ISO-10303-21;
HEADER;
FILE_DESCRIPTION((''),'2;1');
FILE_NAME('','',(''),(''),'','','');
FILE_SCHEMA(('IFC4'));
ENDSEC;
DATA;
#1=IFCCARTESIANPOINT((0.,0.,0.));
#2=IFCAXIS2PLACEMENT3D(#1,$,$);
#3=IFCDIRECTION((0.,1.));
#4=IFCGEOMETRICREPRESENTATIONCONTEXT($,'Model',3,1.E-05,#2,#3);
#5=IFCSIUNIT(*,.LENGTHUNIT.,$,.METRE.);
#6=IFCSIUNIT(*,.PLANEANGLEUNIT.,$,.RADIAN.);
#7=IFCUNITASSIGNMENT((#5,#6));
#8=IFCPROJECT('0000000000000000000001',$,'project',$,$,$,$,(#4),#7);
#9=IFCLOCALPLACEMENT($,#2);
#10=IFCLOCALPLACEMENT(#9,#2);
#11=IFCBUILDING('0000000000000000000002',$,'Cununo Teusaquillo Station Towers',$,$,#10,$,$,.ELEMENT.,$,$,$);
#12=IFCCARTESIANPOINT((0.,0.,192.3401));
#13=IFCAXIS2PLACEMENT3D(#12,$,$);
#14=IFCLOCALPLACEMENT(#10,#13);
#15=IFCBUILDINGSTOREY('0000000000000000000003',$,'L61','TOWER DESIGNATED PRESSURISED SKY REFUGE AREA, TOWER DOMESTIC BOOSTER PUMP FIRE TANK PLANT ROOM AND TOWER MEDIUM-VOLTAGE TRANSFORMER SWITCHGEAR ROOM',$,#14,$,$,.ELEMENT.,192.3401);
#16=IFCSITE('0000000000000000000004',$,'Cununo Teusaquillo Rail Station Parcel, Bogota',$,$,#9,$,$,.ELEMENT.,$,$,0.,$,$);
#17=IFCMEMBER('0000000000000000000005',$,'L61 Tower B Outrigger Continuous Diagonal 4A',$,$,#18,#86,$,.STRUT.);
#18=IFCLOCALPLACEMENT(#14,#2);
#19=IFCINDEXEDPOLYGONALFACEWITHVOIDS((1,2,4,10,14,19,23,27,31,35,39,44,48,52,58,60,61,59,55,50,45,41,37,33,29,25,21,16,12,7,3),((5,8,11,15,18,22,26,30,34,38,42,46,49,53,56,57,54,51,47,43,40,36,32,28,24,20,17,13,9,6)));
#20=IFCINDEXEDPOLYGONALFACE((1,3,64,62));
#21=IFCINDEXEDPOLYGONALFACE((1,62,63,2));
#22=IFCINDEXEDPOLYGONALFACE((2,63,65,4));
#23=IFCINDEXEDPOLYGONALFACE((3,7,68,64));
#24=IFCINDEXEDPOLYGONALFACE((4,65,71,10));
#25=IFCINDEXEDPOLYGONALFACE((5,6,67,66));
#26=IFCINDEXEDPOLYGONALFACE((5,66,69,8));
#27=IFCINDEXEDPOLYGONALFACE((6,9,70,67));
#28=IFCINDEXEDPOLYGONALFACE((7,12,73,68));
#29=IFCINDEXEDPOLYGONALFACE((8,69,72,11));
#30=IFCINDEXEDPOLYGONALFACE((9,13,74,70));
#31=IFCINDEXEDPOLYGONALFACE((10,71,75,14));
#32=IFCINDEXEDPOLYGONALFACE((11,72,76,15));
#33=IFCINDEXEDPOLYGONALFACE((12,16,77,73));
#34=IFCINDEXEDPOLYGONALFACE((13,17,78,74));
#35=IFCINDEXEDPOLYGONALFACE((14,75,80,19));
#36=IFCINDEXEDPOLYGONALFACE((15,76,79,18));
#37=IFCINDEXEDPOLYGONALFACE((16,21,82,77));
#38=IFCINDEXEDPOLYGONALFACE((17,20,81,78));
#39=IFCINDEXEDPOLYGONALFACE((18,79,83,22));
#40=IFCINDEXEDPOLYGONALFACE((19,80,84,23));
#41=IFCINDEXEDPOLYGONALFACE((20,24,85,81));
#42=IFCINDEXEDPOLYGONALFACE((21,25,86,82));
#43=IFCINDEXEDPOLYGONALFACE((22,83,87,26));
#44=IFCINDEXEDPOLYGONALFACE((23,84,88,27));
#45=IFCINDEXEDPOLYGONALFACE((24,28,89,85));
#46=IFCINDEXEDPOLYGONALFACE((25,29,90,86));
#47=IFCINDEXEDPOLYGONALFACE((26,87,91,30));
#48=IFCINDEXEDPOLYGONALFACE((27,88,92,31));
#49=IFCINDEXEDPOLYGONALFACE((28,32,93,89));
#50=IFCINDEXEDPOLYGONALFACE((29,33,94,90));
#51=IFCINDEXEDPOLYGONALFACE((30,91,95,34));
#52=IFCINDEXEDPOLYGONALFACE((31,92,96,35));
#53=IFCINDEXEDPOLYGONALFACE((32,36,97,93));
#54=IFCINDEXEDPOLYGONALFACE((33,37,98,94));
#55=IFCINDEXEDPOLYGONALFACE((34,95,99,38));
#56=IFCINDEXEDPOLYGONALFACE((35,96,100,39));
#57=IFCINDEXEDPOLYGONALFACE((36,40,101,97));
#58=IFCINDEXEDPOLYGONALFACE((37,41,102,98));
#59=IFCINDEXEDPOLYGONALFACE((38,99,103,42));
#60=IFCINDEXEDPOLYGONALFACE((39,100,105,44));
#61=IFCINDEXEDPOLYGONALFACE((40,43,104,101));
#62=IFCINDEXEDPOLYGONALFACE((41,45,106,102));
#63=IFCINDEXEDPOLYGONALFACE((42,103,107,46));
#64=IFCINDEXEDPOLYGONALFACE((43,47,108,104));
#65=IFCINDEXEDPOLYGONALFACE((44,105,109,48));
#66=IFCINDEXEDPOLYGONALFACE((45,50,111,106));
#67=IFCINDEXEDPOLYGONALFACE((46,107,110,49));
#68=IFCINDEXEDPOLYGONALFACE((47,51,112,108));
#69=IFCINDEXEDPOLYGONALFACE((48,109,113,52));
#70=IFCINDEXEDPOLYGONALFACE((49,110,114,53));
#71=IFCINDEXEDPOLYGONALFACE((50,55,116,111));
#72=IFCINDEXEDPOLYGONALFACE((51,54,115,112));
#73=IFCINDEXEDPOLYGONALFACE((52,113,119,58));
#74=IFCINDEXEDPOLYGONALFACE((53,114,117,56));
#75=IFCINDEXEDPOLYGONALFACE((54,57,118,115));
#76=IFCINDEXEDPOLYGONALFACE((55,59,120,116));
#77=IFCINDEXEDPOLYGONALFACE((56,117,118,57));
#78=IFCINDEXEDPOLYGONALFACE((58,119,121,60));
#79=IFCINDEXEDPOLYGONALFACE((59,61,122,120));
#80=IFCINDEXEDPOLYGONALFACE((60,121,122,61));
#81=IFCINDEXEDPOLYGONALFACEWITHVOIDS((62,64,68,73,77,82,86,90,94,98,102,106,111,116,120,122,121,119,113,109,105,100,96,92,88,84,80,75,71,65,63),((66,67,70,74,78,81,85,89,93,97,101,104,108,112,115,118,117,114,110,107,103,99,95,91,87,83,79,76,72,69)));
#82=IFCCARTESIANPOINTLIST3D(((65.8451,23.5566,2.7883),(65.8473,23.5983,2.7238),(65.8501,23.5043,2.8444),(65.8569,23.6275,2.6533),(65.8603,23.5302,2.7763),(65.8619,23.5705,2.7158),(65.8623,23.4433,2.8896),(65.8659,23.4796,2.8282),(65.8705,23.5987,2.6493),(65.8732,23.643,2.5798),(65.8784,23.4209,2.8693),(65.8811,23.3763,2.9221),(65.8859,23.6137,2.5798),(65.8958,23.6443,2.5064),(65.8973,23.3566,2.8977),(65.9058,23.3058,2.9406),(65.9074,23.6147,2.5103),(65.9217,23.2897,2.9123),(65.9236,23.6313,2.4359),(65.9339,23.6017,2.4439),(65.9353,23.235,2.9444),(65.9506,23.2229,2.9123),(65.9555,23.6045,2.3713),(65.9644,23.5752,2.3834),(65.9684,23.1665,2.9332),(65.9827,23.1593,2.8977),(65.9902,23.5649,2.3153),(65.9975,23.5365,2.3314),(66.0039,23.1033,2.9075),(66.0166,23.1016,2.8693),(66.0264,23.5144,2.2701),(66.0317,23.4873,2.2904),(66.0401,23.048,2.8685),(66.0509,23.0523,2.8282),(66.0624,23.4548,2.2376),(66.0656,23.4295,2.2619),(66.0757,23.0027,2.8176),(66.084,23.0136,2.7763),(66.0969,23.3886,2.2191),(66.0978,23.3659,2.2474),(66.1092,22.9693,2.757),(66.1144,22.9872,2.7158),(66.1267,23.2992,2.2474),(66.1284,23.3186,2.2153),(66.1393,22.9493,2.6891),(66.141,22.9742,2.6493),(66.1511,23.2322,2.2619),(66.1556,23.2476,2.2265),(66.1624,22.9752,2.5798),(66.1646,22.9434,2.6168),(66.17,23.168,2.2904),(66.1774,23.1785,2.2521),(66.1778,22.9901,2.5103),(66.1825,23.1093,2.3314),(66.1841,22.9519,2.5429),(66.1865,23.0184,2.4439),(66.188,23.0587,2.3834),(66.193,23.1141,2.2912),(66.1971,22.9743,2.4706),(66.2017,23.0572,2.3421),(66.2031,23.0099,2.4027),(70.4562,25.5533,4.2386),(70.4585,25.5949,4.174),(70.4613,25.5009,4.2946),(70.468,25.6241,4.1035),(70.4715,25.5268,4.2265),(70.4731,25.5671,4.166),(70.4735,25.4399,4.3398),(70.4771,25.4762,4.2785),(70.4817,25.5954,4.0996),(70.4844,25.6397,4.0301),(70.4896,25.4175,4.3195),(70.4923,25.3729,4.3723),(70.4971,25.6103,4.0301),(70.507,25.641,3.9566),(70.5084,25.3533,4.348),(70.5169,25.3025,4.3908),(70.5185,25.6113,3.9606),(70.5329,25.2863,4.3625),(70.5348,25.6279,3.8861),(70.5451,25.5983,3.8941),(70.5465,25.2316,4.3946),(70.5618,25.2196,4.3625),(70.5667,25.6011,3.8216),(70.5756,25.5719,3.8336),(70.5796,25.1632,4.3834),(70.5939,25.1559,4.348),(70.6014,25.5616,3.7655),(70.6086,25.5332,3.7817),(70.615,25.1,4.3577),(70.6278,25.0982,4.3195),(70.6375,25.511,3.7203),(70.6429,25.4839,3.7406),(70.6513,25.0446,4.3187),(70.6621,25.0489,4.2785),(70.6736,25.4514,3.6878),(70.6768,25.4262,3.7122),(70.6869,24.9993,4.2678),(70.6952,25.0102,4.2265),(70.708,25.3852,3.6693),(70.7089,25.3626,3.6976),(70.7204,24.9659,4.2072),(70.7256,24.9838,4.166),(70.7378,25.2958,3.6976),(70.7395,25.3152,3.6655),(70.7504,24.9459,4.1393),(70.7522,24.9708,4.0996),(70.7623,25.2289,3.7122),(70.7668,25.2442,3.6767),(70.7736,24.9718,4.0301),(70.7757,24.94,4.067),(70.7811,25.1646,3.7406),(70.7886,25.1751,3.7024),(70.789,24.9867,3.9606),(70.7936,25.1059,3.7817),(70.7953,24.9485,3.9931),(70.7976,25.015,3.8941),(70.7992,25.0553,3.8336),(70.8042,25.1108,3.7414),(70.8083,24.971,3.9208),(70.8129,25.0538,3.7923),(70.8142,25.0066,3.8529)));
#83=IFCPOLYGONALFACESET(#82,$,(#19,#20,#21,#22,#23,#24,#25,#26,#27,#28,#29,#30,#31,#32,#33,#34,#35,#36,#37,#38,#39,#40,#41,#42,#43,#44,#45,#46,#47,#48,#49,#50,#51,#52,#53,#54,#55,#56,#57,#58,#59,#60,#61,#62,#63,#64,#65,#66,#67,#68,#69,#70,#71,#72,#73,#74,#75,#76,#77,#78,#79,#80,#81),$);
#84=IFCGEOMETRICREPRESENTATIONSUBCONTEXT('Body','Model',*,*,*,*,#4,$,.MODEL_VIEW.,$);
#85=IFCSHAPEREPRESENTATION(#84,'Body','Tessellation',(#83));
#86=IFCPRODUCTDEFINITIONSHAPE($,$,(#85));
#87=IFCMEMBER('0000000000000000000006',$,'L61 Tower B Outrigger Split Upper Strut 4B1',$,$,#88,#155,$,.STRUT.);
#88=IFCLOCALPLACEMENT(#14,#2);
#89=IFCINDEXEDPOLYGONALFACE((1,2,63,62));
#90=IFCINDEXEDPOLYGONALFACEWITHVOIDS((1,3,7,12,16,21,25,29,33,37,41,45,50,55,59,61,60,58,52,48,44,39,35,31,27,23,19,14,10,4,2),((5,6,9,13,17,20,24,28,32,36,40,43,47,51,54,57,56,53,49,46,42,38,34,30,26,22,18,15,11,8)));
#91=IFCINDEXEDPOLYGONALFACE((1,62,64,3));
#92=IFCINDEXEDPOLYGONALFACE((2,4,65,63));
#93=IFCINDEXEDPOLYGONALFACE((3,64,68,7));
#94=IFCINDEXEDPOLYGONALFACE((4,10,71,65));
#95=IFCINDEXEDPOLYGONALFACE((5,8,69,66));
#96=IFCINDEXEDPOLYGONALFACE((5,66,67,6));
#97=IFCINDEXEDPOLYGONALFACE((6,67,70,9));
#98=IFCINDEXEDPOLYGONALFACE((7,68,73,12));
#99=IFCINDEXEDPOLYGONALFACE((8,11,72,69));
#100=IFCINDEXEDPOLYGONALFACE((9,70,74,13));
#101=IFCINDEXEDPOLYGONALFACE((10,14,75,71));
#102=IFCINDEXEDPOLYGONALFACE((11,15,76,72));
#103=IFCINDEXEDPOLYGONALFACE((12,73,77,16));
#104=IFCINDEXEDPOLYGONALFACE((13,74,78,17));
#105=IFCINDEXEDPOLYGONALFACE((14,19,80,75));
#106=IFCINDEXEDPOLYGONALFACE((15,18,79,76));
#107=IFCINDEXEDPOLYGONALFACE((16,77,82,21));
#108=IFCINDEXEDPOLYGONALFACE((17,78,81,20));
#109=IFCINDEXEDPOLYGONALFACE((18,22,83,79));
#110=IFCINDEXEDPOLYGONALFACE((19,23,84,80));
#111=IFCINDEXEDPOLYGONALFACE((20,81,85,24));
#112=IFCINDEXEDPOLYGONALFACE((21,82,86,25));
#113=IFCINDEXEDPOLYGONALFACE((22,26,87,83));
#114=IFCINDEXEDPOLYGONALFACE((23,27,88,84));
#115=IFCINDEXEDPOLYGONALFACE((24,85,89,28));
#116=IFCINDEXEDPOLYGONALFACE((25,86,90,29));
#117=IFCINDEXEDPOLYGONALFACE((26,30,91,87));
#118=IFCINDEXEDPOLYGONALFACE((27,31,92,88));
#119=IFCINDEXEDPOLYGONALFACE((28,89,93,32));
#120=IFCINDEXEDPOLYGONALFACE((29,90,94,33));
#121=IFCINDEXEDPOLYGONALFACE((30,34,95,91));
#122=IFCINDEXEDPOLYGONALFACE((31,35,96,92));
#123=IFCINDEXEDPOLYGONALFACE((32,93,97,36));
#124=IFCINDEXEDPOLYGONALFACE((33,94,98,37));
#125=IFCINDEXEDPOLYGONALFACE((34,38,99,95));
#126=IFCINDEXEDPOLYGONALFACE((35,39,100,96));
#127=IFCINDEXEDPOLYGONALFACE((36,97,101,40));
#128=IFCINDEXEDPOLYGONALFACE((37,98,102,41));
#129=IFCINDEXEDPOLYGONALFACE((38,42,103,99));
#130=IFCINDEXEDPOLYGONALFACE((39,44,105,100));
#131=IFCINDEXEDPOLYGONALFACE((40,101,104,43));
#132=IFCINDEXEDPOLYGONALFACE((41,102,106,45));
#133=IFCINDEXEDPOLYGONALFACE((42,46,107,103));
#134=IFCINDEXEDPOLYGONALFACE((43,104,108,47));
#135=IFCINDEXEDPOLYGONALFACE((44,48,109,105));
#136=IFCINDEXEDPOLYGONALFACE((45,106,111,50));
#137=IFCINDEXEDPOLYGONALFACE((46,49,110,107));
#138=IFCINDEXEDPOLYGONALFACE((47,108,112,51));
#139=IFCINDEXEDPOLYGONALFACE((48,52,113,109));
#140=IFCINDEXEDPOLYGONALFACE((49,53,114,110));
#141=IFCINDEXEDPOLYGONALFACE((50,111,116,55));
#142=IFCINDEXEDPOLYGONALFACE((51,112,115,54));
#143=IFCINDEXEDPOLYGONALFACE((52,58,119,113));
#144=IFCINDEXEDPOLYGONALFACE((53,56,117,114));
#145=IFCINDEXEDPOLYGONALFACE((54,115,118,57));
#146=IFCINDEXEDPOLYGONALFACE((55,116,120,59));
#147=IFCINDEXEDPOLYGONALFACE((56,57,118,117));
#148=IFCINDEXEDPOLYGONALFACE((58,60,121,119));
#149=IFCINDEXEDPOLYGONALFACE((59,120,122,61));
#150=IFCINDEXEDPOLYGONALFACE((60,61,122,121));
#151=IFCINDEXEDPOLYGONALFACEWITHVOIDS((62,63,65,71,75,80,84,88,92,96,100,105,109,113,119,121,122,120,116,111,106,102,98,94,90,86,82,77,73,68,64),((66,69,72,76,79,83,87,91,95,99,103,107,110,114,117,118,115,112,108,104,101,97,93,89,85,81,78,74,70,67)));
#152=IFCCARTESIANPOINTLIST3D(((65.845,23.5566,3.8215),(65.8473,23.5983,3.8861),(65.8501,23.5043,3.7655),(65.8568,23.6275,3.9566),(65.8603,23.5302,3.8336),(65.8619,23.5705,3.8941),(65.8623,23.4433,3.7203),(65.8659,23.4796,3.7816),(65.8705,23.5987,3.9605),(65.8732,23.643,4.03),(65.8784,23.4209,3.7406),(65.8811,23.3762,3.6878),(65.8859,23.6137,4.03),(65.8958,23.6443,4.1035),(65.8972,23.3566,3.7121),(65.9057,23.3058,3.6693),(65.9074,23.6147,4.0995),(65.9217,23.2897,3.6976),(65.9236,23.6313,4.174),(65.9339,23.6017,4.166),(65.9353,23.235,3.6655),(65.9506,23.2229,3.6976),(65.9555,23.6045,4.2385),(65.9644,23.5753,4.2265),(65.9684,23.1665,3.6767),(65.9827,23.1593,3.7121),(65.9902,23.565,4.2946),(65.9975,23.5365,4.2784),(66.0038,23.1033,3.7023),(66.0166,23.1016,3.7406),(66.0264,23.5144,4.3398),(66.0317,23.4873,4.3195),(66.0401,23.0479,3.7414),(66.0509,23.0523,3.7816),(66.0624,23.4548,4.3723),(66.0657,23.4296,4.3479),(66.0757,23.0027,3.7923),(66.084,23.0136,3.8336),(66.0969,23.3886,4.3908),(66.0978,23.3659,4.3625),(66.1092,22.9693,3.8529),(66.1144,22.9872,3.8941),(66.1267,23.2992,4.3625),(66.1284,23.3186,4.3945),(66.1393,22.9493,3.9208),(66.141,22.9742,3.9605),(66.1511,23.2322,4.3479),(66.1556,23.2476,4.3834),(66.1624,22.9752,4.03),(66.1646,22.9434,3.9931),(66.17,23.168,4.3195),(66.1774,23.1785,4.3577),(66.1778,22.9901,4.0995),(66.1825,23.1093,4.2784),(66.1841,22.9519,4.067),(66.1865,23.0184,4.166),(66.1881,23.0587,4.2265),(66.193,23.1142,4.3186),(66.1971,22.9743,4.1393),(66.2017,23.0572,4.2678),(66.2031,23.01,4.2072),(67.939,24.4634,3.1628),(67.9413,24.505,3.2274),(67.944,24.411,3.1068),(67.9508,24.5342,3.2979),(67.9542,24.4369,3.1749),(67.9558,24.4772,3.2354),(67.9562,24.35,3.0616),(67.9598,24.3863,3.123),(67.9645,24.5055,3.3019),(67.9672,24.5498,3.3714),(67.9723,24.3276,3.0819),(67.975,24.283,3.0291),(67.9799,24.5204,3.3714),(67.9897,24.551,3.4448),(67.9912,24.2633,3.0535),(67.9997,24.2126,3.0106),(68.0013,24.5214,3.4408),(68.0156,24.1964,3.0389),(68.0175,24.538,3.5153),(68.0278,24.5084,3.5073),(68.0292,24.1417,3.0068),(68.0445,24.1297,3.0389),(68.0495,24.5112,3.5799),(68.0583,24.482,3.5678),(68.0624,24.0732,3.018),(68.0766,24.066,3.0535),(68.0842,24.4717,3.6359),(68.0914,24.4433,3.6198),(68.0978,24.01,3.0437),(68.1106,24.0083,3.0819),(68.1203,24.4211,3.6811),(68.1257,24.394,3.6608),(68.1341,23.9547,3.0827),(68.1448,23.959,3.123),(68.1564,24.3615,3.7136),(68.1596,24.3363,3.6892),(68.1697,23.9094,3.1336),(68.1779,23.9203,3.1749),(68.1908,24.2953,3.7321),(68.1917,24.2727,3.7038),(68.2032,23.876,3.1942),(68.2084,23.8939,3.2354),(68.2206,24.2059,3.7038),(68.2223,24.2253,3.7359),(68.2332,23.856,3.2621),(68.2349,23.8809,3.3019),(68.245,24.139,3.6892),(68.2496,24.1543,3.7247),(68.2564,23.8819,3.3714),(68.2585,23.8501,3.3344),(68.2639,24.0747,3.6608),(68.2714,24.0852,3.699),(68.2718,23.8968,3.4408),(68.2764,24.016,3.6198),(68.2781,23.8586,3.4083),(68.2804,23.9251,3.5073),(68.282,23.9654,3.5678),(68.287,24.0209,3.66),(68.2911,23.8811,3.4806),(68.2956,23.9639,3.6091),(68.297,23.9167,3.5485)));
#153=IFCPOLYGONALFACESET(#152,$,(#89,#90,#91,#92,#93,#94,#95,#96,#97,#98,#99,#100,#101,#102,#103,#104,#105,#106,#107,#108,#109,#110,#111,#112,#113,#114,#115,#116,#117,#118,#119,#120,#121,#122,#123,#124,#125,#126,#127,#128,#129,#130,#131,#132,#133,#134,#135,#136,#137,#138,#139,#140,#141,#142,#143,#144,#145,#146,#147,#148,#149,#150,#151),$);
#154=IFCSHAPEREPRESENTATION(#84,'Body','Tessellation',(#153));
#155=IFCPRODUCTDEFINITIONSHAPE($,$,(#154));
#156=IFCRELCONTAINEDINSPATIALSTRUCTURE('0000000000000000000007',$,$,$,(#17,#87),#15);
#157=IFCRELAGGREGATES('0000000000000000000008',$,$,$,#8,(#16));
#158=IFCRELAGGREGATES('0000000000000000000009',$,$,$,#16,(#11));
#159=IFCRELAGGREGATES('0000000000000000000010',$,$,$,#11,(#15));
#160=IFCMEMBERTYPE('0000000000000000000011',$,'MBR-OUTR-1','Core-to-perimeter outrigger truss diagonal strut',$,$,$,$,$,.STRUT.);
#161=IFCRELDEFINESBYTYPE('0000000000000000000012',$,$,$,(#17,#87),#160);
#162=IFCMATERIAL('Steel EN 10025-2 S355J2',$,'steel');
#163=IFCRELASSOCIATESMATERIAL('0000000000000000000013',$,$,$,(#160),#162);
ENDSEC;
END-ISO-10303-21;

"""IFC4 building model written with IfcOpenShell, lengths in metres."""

from ifc_helpers import new_model, si_unit, direction, frame, origin, origin_2d, place, context, subcontext, project, spatial, hollow_circle, extrude, material, material_profile, profile_set, type_object, element, save


model = new_model("IFC4")

# Units and contexts
model_context = context("Model", 3, precision=1e-05, world=origin(), true_north=direction((0.0, 1.0)))
body_context = subcontext(model_context, "Body", "Model", "MODEL_VIEW")
ifc_project = project(units=[si_unit("LENGTHUNIT", "METRE"), si_unit("PLANEANGLEUNIT", "RADIAN")], contexts=[model_context])

# Site, building, storey
site_placement = place(None, origin())
site = spatial("IfcSite", under=ifc_project, at=site_placement, Name="Cununo Teusaquillo Rail Station Parcel, Bogota", CompositionType="ELEMENT", RefElevation=0.0)
building_placement = place(site_placement, origin())
building = spatial("IfcBuilding", under=site, at=building_placement, Name="Cununo Teusaquillo Station Towers", CompositionType="ELEMENT")
storey_placement = place(building_placement, frame((0.0, 0.0, 192.3401)))
storey = spatial("IfcBuildingStorey", under=building, at=storey_placement, Name="L61", Description="TOWER DESIGNATED PRESSURISED SKY REFUGE AREA, TOWER DOMESTIC BOOSTER PUMP FIRE TANK PLANT ROOM AND TOWER MEDIUM-VOLTAGE TRANSFORMER SWITCHGEAR ROOM", CompositionType="ELEMENT", Elevation=192.3401)

# Members
ifc_material_1 = material(Name="Steel EN 10025-2 S355J2", Category="steel")
ifc_material_profile_1 = material_profile(ifc_material_1, hollow_circle(Radius=0.3799, WallThickness=0.032, at=origin_2d()), Name="CHS 760x32")
ifc_profile_set_1 = profile_set([ifc_material_profile_1], Name="Steel EN 10025-2 S355J2")
member_type_1 = type_object("IfcMemberType", Name="MBR-OUTR-1", Description="Core-to-perimeter outrigger truss diagonal strut", PredefinedType="STRUT", material=ifc_profile_set_1)
member_1_placement = place(storey_placement, frame((66.0242, 23.2944, 2.5798), z_axis=(0.881683, 0.381765, 0.277291), x_axis=(-0.397347, 0.917668, 0.0)))
element("IfcMember", 1, at=member_1_placement, inside=storey, type_object=member_type_1, Name="L61 Tower B Outrigger Continuous Diagonal 4A", PredefinedType="STRUT", context=body_context, shape_type="SweptSolid", body=[
    extrude(hollow_circle(Radius=0.3799, WallThickness=0.032, at=origin_2d()), origin(), (0.0, 0.0, 1.0), 5.23),
])
for number, where, z_axis, x_axis, name in (
    (2, (66.0242, 23.2944, 4.03), (0.881663, 0.381777, -0.277338), (-0.397364, 0.917661, 0.0), "L61 Tower B Outrigger Split Upper Strut 4B1"),
):
    element("IfcMember", number, at=place(storey_placement, frame(where, z_axis=z_axis, x_axis=x_axis)), inside=storey, type_object=member_type_1, Name=name, PredefinedType="STRUT", context=body_context, shape_type="SweptSolid", body=[
        extrude(hollow_circle(Radius=0.3799, WallThickness=0.032, at=origin_2d()), origin(), (0.0, 0.0, 1.0), 2.375),
    ])

save(model, "model.ifc")
